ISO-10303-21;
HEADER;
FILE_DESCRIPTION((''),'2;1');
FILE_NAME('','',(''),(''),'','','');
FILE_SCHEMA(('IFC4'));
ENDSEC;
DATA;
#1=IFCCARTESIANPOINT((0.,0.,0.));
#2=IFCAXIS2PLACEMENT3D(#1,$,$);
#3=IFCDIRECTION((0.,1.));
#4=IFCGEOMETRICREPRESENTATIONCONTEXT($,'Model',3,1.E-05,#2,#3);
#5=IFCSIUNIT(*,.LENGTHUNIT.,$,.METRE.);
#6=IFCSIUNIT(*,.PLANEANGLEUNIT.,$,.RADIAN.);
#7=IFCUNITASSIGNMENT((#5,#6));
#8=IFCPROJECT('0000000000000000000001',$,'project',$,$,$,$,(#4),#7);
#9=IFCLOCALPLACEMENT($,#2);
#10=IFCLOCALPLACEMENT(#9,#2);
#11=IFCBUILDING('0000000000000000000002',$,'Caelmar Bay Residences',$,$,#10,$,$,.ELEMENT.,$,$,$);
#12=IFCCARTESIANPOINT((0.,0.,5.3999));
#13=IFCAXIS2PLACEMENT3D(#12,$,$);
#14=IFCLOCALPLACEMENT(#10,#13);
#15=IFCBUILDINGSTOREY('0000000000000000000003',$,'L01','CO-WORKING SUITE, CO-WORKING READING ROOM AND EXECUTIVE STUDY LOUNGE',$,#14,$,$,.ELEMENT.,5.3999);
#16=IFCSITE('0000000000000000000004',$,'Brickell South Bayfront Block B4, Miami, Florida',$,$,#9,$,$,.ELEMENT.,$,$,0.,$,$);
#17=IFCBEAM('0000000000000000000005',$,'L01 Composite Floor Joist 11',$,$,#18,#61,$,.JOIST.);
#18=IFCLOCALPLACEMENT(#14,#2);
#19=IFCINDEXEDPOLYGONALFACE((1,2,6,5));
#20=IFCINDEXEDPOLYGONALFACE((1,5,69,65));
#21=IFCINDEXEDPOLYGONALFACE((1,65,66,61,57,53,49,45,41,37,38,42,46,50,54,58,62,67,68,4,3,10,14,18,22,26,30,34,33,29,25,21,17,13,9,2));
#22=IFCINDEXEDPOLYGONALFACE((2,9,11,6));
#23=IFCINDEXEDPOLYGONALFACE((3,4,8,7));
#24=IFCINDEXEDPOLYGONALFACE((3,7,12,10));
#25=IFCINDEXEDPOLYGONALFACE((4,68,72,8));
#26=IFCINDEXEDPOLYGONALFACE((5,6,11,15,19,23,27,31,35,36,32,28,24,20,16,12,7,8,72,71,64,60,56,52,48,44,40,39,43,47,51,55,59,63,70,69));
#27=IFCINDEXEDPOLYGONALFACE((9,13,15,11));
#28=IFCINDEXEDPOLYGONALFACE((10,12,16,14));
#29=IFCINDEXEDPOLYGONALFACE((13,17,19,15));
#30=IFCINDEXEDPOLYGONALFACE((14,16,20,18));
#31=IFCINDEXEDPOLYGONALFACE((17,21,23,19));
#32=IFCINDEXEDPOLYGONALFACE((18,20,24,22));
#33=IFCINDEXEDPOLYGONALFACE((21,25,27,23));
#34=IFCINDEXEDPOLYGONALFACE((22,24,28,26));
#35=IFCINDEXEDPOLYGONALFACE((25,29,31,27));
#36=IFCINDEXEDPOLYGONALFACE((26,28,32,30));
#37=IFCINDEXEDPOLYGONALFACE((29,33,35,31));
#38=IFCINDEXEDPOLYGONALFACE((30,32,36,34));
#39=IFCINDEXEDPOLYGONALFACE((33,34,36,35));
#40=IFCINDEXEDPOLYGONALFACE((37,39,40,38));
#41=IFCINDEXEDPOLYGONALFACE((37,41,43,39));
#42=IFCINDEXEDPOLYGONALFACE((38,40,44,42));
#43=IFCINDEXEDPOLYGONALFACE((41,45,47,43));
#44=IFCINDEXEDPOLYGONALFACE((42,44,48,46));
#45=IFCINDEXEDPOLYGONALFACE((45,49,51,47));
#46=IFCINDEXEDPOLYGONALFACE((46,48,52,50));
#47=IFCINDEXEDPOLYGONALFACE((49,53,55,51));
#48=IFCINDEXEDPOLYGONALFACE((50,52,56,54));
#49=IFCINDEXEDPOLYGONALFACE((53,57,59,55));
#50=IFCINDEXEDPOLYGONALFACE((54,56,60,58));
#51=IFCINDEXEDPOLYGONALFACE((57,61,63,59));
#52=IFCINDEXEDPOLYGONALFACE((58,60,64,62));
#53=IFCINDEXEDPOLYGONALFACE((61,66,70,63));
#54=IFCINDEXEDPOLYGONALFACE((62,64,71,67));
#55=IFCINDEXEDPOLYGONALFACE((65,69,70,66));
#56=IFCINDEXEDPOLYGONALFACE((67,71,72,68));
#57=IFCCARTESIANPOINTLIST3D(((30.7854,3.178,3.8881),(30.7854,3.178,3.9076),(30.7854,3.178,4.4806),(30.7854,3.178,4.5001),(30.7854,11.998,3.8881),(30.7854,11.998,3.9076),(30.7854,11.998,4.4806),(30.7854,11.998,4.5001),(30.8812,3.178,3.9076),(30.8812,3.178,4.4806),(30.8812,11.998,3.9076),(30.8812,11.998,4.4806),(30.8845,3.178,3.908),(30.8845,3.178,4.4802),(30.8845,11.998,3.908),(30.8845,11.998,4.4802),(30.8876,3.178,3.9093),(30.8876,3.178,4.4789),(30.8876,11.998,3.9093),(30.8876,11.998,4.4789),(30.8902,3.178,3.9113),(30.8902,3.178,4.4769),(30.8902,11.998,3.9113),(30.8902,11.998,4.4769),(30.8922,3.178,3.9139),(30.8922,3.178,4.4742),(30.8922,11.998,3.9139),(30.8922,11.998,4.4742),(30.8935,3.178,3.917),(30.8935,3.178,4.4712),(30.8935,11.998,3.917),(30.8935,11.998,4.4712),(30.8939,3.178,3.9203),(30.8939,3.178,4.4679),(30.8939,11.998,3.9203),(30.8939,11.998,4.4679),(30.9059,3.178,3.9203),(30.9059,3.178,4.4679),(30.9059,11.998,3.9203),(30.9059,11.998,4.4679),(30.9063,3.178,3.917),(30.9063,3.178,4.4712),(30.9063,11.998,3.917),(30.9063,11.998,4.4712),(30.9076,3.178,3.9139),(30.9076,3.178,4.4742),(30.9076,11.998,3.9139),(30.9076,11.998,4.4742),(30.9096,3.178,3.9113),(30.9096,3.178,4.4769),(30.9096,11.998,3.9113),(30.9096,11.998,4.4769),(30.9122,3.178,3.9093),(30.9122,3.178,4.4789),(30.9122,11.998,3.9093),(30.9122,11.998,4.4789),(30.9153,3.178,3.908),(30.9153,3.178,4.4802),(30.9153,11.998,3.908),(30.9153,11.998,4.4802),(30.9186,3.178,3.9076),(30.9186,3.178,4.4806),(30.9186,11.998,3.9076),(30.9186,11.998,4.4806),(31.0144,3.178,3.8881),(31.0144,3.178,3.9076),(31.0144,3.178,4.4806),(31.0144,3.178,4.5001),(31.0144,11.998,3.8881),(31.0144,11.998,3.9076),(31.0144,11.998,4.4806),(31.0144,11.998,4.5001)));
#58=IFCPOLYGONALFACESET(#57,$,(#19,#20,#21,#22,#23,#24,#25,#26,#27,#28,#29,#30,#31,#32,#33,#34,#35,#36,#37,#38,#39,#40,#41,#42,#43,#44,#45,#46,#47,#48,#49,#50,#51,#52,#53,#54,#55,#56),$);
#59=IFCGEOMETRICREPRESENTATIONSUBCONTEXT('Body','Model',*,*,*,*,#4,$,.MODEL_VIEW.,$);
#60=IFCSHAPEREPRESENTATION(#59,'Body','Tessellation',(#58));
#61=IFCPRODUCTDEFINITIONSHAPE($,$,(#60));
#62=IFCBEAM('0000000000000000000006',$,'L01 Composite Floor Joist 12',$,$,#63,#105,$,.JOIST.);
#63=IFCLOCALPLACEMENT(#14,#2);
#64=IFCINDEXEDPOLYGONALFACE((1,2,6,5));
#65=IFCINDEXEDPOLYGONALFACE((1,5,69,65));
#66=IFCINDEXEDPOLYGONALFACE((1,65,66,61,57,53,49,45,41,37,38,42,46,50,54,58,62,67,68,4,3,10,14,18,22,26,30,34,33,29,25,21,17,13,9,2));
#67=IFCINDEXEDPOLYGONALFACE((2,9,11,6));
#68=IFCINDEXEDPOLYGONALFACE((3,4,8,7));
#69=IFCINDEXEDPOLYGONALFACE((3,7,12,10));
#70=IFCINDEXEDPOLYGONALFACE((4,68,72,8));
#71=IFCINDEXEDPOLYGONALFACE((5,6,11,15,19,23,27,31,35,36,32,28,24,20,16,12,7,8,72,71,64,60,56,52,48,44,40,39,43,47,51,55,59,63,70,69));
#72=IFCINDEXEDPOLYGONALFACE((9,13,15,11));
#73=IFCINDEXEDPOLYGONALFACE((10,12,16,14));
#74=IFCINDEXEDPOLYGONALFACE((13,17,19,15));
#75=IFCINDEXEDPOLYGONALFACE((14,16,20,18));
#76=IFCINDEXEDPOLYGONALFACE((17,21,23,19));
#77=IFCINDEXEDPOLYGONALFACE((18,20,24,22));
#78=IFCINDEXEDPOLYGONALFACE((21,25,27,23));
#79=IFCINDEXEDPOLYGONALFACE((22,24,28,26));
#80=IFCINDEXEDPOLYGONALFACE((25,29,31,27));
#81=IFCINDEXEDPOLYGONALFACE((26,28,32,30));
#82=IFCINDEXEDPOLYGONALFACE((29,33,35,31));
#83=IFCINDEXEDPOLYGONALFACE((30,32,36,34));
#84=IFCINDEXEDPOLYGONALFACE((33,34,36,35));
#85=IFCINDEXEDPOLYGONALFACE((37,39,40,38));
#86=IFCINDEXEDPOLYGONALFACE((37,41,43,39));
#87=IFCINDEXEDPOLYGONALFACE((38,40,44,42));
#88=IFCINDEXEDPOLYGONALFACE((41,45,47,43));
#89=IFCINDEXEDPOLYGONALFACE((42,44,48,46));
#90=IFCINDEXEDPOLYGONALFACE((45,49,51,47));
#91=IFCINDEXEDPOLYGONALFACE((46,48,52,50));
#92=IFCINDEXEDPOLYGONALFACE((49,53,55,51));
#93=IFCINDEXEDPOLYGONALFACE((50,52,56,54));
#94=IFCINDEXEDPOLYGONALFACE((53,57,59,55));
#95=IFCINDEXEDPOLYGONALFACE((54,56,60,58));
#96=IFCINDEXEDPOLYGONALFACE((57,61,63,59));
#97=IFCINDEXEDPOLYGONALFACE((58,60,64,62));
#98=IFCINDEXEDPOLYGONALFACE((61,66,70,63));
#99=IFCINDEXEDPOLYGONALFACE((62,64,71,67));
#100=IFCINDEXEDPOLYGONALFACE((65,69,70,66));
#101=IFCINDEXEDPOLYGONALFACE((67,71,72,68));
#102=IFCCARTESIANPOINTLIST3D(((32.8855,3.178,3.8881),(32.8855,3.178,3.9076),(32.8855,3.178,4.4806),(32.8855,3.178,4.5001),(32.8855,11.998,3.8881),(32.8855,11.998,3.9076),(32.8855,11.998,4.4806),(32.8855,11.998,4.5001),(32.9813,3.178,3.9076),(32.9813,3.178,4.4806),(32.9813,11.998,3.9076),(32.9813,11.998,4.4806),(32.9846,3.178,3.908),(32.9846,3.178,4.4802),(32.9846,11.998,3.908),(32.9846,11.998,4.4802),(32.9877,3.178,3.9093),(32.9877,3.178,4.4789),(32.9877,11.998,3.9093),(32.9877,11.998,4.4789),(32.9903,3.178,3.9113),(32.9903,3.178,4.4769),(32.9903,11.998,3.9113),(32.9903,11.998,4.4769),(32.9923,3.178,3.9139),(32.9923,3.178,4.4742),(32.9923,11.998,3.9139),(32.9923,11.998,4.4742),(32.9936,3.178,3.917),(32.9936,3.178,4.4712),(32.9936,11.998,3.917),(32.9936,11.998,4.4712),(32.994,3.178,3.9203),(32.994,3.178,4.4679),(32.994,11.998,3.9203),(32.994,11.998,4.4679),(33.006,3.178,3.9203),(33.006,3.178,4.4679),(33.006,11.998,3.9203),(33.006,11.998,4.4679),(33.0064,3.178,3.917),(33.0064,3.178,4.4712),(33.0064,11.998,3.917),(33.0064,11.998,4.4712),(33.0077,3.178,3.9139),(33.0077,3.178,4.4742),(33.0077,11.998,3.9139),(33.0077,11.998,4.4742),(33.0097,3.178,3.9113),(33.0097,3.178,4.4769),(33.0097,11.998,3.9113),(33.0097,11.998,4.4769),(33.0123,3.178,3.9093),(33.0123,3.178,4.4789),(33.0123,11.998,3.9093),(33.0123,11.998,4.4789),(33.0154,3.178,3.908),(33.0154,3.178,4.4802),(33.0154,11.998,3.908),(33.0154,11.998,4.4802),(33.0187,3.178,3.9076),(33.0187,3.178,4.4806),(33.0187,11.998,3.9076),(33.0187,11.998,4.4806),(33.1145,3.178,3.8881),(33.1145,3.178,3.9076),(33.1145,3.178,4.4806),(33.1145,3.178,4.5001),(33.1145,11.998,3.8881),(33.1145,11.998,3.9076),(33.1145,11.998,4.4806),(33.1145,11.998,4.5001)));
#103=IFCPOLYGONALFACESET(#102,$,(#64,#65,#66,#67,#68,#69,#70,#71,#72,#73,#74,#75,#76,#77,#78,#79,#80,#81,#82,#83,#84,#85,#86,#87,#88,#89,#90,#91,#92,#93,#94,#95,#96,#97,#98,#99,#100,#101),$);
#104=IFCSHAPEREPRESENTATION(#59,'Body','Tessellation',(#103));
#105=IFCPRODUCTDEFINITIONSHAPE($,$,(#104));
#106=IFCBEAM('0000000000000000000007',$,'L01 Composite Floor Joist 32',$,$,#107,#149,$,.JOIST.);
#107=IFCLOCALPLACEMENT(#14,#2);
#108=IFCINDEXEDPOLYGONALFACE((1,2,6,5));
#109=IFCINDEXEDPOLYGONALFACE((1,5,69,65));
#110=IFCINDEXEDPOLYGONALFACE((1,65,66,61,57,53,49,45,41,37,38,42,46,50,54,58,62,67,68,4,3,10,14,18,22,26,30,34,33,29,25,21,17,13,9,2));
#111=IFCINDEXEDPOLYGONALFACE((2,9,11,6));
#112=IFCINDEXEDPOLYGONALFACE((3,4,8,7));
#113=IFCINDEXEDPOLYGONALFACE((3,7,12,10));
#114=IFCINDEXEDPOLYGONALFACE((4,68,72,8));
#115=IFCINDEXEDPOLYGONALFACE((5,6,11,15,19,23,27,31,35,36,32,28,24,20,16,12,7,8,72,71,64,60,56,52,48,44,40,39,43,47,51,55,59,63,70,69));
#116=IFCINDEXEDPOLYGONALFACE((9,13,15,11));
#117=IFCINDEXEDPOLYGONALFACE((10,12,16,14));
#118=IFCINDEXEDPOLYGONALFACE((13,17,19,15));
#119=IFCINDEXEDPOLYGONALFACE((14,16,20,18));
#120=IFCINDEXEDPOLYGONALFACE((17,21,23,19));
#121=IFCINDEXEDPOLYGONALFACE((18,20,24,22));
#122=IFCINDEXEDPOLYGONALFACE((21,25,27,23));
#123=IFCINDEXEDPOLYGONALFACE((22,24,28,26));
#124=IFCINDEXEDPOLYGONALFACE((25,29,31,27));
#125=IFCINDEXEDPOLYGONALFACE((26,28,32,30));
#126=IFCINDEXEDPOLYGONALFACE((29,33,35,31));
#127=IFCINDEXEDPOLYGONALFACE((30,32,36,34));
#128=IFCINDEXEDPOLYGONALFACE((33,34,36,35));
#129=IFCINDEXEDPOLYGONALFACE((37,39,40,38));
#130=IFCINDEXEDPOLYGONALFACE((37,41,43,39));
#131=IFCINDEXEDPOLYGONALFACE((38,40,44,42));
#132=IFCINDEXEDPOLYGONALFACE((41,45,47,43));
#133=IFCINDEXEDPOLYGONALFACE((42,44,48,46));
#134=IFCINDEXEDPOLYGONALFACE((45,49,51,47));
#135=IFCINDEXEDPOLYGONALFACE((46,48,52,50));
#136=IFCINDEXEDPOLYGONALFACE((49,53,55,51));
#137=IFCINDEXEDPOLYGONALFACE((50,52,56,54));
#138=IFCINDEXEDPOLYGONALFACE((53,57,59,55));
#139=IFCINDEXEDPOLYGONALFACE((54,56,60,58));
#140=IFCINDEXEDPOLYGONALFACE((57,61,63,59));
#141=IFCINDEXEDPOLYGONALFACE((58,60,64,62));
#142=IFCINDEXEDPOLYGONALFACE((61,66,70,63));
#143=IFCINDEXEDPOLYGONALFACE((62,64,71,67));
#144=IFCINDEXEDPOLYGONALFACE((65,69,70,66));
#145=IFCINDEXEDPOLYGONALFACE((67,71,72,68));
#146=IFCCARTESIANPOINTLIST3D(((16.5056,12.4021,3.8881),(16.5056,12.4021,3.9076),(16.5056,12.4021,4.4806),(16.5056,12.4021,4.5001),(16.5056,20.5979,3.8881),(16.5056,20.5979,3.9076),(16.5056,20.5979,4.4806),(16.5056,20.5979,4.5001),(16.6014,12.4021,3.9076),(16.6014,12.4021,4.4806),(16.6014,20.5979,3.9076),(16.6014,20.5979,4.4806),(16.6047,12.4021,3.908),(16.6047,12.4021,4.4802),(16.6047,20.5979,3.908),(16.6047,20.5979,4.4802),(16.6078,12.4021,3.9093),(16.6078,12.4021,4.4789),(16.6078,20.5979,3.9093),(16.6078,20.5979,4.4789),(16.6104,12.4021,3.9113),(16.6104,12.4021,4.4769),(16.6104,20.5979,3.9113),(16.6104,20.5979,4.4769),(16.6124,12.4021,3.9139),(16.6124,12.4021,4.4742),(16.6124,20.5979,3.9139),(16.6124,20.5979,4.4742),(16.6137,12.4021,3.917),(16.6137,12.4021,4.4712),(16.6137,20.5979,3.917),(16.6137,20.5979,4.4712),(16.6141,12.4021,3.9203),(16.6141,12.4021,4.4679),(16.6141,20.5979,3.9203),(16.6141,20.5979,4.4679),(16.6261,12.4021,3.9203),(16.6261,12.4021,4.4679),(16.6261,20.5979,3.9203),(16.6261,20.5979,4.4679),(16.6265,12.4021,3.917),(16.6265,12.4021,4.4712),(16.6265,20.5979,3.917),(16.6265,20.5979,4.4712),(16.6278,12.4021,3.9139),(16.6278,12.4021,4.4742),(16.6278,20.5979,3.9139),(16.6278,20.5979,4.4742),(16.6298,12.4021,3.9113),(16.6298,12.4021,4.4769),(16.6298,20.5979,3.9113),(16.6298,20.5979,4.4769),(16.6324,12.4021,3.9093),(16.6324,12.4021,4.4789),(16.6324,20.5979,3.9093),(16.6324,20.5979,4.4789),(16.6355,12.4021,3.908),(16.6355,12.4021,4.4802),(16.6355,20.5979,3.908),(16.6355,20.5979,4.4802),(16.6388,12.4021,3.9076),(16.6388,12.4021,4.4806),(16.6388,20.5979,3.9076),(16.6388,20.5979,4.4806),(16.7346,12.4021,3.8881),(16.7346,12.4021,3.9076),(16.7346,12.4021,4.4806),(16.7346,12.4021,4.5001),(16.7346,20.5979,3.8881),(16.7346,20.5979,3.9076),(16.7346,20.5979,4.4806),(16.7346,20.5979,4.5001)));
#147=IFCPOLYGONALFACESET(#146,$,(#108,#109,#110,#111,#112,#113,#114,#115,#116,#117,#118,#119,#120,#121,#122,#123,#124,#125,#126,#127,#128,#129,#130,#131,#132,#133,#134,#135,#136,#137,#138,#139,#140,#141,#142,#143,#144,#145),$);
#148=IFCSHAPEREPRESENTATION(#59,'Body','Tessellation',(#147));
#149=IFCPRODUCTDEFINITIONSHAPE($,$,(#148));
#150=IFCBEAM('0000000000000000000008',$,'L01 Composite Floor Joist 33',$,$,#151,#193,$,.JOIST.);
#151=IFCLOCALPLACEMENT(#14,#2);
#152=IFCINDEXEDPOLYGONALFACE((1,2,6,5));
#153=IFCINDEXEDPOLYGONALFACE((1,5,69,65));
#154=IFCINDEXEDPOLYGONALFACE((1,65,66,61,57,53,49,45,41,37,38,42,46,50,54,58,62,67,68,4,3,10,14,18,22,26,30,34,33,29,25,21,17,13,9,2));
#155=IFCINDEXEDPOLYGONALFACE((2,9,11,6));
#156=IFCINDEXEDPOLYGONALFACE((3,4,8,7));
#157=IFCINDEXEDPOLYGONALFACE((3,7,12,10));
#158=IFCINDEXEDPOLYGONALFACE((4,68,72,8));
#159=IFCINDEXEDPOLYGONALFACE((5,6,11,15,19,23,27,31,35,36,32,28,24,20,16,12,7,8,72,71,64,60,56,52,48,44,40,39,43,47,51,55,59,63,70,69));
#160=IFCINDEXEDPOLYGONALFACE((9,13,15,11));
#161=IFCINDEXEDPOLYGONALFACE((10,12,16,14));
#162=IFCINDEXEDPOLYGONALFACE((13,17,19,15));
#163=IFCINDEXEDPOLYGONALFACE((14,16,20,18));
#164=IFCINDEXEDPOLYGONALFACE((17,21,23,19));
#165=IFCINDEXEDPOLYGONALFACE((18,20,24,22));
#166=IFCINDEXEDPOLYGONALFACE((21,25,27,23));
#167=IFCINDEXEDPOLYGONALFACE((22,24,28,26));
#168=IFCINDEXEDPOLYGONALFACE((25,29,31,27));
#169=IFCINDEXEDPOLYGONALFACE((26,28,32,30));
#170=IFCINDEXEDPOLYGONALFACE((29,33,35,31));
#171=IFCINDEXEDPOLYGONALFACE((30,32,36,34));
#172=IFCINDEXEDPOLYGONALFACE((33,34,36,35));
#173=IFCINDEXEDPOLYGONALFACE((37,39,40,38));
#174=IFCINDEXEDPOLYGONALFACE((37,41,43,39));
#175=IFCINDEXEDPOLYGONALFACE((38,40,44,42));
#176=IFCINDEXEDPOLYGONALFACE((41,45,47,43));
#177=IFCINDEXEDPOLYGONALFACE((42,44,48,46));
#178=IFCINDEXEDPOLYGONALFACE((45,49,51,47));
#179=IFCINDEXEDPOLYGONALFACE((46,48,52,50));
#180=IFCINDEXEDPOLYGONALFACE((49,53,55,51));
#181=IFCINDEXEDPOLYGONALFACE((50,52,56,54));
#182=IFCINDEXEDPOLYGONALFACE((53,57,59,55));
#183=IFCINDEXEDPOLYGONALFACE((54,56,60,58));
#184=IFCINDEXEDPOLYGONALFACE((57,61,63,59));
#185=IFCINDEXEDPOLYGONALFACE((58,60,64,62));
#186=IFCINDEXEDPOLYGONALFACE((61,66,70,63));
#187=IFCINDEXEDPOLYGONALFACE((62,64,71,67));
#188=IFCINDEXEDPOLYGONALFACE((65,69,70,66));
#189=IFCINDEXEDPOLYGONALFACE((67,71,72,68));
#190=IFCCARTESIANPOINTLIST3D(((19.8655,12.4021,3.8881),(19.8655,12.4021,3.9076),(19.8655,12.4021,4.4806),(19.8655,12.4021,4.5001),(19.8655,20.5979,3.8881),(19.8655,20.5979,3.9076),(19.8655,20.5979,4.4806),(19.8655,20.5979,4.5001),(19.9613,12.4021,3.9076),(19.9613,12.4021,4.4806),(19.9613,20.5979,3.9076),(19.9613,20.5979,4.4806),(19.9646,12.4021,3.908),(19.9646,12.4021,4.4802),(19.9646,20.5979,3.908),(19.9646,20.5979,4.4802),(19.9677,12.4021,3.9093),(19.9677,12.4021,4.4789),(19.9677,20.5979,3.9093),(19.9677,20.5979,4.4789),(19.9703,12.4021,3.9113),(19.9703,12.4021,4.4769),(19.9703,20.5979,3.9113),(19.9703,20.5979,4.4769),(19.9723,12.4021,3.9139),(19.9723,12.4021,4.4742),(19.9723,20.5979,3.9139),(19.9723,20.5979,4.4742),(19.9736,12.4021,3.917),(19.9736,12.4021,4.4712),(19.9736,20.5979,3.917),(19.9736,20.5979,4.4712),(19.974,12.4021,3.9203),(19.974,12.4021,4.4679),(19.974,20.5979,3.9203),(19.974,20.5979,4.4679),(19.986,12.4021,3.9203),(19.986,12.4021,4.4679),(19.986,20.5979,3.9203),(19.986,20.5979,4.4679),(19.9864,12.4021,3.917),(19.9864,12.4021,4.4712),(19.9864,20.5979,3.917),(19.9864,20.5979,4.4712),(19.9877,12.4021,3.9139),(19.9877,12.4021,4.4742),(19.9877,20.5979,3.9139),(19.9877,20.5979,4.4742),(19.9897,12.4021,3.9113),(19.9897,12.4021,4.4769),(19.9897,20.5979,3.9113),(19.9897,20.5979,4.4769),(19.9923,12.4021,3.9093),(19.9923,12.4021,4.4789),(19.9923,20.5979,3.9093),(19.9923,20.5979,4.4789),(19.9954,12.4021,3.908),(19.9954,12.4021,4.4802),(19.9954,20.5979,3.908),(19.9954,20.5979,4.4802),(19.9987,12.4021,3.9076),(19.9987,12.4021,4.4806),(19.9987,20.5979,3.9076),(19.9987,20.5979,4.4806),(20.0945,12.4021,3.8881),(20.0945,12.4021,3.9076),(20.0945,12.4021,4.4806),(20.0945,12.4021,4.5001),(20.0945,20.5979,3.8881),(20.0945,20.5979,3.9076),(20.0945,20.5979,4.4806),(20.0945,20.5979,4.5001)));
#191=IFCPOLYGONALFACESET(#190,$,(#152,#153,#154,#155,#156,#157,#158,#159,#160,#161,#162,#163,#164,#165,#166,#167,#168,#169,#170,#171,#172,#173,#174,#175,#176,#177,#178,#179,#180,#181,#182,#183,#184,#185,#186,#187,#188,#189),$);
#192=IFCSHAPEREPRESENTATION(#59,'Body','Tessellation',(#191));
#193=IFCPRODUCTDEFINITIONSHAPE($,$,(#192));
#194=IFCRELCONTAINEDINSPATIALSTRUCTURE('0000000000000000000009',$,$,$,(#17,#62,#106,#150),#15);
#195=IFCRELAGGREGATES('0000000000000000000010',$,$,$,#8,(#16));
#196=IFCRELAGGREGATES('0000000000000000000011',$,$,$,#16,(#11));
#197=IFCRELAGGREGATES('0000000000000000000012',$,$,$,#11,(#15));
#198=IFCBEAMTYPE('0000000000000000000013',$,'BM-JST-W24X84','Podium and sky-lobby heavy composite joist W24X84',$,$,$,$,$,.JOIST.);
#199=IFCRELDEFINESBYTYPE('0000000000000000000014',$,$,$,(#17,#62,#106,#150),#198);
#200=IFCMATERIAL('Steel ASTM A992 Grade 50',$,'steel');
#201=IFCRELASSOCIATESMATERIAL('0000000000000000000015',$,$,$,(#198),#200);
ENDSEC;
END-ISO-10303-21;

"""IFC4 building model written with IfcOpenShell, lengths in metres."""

from ifc_helpers import new_model, si_unit, direction, frame, origin, origin_2d, place, context, subcontext, project, spatial, i_section, extrude, material, material_profile, profile_set, type_object, element, save


model = new_model("IFC4")

# Units and contexts
model_context = context("Model", 3, precision=1e-05, world=origin(), true_north=direction((0.0, 1.0)))
body_context = subcontext(model_context, "Body", "Model", "MODEL_VIEW")
ifc_project = project(units=[si_unit("LENGTHUNIT", "METRE"), si_unit("PLANEANGLEUNIT", "RADIAN")], contexts=[model_context])

# Site, building, storey
site_placement = place(None, origin())
site = spatial("IfcSite", under=ifc_project, at=site_placement, Name="Brickell South Bayfront Block B4, Miami, Florida", CompositionType="ELEMENT", RefElevation=0.0)
building_placement = place(site_placement, origin())
building = spatial("IfcBuilding", under=site, at=building_placement, Name="Caelmar Bay Residences", CompositionType="ELEMENT")
storey_placement = place(building_placement, frame((0.0, 0.0, 5.3999)))
storey = spatial("IfcBuildingStorey", under=building, at=storey_placement, Name="L01", Description="CO-WORKING SUITE, CO-WORKING READING ROOM AND EXECUTIVE STUDY LOUNGE", CompositionType="ELEMENT", Elevation=5.3999)

# Beams
ifc_material_1 = material(Name="Steel ASTM A992 Grade 50", Category="steel")
ifc_material_profile_1 = material_profile(ifc_material_1, i_section(OverallWidth=0.229, OverallDepth=0.6121, WebThickness=0.012, FlangeThickness=0.0195, FilletRadius=0.0127, at=origin_2d()), Name="W24X84")
ifc_profile_set_1 = profile_set([ifc_material_profile_1], Name="Steel ASTM A992 Grade 50")
beam_type_1 = type_object("IfcBeamType", Name="BM-JST-W24X84", Description="Podium and sky-lobby heavy composite joist W24X84", PredefinedType="JOIST", material=ifc_profile_set_1)
for number, where, z_axis, x_axis, name in (
    (1, (30.8999, 3.178, 4.1941), (0.0, 1.0, 0.0), (-1.0, 0.0, 0.0), "L01 Composite Floor Joist 11"),
    (2, (33.0, 3.178, 4.1941), (0.0, 1.0, 0.0), (-1.0, 0.0, 0.0), "L01 Composite Floor Joist 12"),
):
    element("IfcBeam", number, at=place(storey_placement, frame(where, z_axis=z_axis, x_axis=x_axis)), inside=storey, type_object=beam_type_1, Name=name, PredefinedType="JOIST", context=body_context, shape_type="SweptSolid", body=[
        extrude(i_section(OverallWidth=0.229, OverallDepth=0.6121, WebThickness=0.012, FlangeThickness=0.0195, FilletRadius=0.0127, at=origin_2d()), origin(), (0.0, 0.0, 1.0), 8.8201),
    ])
for number, where, z_axis, x_axis, name in (
    (3, (16.6201, 12.4021, 4.1941), (0.0, 1.0, 0.0), (-1.0, 0.0, 0.0), "L01 Composite Floor Joist 32"),
    (4, (19.98, 12.4021, 4.1941), (0.0, 1.0, 0.0), (-1.0, 0.0, 0.0), "L01 Composite Floor Joist 33"),
):
    element("IfcBeam", number, at=place(storey_placement, frame(where, z_axis=z_axis, x_axis=x_axis)), inside=storey, type_object=beam_type_1, Name=name, PredefinedType="JOIST", context=body_context, shape_type="SweptSolid", body=[
        extrude(i_section(OverallWidth=0.229, OverallDepth=0.6121, WebThickness=0.012, FlangeThickness=0.0195, FilletRadius=0.0127, at=origin_2d()), origin(), (0.0, 0.0, 1.0), 8.1958),
    ])

save(model, "model.ifc")
